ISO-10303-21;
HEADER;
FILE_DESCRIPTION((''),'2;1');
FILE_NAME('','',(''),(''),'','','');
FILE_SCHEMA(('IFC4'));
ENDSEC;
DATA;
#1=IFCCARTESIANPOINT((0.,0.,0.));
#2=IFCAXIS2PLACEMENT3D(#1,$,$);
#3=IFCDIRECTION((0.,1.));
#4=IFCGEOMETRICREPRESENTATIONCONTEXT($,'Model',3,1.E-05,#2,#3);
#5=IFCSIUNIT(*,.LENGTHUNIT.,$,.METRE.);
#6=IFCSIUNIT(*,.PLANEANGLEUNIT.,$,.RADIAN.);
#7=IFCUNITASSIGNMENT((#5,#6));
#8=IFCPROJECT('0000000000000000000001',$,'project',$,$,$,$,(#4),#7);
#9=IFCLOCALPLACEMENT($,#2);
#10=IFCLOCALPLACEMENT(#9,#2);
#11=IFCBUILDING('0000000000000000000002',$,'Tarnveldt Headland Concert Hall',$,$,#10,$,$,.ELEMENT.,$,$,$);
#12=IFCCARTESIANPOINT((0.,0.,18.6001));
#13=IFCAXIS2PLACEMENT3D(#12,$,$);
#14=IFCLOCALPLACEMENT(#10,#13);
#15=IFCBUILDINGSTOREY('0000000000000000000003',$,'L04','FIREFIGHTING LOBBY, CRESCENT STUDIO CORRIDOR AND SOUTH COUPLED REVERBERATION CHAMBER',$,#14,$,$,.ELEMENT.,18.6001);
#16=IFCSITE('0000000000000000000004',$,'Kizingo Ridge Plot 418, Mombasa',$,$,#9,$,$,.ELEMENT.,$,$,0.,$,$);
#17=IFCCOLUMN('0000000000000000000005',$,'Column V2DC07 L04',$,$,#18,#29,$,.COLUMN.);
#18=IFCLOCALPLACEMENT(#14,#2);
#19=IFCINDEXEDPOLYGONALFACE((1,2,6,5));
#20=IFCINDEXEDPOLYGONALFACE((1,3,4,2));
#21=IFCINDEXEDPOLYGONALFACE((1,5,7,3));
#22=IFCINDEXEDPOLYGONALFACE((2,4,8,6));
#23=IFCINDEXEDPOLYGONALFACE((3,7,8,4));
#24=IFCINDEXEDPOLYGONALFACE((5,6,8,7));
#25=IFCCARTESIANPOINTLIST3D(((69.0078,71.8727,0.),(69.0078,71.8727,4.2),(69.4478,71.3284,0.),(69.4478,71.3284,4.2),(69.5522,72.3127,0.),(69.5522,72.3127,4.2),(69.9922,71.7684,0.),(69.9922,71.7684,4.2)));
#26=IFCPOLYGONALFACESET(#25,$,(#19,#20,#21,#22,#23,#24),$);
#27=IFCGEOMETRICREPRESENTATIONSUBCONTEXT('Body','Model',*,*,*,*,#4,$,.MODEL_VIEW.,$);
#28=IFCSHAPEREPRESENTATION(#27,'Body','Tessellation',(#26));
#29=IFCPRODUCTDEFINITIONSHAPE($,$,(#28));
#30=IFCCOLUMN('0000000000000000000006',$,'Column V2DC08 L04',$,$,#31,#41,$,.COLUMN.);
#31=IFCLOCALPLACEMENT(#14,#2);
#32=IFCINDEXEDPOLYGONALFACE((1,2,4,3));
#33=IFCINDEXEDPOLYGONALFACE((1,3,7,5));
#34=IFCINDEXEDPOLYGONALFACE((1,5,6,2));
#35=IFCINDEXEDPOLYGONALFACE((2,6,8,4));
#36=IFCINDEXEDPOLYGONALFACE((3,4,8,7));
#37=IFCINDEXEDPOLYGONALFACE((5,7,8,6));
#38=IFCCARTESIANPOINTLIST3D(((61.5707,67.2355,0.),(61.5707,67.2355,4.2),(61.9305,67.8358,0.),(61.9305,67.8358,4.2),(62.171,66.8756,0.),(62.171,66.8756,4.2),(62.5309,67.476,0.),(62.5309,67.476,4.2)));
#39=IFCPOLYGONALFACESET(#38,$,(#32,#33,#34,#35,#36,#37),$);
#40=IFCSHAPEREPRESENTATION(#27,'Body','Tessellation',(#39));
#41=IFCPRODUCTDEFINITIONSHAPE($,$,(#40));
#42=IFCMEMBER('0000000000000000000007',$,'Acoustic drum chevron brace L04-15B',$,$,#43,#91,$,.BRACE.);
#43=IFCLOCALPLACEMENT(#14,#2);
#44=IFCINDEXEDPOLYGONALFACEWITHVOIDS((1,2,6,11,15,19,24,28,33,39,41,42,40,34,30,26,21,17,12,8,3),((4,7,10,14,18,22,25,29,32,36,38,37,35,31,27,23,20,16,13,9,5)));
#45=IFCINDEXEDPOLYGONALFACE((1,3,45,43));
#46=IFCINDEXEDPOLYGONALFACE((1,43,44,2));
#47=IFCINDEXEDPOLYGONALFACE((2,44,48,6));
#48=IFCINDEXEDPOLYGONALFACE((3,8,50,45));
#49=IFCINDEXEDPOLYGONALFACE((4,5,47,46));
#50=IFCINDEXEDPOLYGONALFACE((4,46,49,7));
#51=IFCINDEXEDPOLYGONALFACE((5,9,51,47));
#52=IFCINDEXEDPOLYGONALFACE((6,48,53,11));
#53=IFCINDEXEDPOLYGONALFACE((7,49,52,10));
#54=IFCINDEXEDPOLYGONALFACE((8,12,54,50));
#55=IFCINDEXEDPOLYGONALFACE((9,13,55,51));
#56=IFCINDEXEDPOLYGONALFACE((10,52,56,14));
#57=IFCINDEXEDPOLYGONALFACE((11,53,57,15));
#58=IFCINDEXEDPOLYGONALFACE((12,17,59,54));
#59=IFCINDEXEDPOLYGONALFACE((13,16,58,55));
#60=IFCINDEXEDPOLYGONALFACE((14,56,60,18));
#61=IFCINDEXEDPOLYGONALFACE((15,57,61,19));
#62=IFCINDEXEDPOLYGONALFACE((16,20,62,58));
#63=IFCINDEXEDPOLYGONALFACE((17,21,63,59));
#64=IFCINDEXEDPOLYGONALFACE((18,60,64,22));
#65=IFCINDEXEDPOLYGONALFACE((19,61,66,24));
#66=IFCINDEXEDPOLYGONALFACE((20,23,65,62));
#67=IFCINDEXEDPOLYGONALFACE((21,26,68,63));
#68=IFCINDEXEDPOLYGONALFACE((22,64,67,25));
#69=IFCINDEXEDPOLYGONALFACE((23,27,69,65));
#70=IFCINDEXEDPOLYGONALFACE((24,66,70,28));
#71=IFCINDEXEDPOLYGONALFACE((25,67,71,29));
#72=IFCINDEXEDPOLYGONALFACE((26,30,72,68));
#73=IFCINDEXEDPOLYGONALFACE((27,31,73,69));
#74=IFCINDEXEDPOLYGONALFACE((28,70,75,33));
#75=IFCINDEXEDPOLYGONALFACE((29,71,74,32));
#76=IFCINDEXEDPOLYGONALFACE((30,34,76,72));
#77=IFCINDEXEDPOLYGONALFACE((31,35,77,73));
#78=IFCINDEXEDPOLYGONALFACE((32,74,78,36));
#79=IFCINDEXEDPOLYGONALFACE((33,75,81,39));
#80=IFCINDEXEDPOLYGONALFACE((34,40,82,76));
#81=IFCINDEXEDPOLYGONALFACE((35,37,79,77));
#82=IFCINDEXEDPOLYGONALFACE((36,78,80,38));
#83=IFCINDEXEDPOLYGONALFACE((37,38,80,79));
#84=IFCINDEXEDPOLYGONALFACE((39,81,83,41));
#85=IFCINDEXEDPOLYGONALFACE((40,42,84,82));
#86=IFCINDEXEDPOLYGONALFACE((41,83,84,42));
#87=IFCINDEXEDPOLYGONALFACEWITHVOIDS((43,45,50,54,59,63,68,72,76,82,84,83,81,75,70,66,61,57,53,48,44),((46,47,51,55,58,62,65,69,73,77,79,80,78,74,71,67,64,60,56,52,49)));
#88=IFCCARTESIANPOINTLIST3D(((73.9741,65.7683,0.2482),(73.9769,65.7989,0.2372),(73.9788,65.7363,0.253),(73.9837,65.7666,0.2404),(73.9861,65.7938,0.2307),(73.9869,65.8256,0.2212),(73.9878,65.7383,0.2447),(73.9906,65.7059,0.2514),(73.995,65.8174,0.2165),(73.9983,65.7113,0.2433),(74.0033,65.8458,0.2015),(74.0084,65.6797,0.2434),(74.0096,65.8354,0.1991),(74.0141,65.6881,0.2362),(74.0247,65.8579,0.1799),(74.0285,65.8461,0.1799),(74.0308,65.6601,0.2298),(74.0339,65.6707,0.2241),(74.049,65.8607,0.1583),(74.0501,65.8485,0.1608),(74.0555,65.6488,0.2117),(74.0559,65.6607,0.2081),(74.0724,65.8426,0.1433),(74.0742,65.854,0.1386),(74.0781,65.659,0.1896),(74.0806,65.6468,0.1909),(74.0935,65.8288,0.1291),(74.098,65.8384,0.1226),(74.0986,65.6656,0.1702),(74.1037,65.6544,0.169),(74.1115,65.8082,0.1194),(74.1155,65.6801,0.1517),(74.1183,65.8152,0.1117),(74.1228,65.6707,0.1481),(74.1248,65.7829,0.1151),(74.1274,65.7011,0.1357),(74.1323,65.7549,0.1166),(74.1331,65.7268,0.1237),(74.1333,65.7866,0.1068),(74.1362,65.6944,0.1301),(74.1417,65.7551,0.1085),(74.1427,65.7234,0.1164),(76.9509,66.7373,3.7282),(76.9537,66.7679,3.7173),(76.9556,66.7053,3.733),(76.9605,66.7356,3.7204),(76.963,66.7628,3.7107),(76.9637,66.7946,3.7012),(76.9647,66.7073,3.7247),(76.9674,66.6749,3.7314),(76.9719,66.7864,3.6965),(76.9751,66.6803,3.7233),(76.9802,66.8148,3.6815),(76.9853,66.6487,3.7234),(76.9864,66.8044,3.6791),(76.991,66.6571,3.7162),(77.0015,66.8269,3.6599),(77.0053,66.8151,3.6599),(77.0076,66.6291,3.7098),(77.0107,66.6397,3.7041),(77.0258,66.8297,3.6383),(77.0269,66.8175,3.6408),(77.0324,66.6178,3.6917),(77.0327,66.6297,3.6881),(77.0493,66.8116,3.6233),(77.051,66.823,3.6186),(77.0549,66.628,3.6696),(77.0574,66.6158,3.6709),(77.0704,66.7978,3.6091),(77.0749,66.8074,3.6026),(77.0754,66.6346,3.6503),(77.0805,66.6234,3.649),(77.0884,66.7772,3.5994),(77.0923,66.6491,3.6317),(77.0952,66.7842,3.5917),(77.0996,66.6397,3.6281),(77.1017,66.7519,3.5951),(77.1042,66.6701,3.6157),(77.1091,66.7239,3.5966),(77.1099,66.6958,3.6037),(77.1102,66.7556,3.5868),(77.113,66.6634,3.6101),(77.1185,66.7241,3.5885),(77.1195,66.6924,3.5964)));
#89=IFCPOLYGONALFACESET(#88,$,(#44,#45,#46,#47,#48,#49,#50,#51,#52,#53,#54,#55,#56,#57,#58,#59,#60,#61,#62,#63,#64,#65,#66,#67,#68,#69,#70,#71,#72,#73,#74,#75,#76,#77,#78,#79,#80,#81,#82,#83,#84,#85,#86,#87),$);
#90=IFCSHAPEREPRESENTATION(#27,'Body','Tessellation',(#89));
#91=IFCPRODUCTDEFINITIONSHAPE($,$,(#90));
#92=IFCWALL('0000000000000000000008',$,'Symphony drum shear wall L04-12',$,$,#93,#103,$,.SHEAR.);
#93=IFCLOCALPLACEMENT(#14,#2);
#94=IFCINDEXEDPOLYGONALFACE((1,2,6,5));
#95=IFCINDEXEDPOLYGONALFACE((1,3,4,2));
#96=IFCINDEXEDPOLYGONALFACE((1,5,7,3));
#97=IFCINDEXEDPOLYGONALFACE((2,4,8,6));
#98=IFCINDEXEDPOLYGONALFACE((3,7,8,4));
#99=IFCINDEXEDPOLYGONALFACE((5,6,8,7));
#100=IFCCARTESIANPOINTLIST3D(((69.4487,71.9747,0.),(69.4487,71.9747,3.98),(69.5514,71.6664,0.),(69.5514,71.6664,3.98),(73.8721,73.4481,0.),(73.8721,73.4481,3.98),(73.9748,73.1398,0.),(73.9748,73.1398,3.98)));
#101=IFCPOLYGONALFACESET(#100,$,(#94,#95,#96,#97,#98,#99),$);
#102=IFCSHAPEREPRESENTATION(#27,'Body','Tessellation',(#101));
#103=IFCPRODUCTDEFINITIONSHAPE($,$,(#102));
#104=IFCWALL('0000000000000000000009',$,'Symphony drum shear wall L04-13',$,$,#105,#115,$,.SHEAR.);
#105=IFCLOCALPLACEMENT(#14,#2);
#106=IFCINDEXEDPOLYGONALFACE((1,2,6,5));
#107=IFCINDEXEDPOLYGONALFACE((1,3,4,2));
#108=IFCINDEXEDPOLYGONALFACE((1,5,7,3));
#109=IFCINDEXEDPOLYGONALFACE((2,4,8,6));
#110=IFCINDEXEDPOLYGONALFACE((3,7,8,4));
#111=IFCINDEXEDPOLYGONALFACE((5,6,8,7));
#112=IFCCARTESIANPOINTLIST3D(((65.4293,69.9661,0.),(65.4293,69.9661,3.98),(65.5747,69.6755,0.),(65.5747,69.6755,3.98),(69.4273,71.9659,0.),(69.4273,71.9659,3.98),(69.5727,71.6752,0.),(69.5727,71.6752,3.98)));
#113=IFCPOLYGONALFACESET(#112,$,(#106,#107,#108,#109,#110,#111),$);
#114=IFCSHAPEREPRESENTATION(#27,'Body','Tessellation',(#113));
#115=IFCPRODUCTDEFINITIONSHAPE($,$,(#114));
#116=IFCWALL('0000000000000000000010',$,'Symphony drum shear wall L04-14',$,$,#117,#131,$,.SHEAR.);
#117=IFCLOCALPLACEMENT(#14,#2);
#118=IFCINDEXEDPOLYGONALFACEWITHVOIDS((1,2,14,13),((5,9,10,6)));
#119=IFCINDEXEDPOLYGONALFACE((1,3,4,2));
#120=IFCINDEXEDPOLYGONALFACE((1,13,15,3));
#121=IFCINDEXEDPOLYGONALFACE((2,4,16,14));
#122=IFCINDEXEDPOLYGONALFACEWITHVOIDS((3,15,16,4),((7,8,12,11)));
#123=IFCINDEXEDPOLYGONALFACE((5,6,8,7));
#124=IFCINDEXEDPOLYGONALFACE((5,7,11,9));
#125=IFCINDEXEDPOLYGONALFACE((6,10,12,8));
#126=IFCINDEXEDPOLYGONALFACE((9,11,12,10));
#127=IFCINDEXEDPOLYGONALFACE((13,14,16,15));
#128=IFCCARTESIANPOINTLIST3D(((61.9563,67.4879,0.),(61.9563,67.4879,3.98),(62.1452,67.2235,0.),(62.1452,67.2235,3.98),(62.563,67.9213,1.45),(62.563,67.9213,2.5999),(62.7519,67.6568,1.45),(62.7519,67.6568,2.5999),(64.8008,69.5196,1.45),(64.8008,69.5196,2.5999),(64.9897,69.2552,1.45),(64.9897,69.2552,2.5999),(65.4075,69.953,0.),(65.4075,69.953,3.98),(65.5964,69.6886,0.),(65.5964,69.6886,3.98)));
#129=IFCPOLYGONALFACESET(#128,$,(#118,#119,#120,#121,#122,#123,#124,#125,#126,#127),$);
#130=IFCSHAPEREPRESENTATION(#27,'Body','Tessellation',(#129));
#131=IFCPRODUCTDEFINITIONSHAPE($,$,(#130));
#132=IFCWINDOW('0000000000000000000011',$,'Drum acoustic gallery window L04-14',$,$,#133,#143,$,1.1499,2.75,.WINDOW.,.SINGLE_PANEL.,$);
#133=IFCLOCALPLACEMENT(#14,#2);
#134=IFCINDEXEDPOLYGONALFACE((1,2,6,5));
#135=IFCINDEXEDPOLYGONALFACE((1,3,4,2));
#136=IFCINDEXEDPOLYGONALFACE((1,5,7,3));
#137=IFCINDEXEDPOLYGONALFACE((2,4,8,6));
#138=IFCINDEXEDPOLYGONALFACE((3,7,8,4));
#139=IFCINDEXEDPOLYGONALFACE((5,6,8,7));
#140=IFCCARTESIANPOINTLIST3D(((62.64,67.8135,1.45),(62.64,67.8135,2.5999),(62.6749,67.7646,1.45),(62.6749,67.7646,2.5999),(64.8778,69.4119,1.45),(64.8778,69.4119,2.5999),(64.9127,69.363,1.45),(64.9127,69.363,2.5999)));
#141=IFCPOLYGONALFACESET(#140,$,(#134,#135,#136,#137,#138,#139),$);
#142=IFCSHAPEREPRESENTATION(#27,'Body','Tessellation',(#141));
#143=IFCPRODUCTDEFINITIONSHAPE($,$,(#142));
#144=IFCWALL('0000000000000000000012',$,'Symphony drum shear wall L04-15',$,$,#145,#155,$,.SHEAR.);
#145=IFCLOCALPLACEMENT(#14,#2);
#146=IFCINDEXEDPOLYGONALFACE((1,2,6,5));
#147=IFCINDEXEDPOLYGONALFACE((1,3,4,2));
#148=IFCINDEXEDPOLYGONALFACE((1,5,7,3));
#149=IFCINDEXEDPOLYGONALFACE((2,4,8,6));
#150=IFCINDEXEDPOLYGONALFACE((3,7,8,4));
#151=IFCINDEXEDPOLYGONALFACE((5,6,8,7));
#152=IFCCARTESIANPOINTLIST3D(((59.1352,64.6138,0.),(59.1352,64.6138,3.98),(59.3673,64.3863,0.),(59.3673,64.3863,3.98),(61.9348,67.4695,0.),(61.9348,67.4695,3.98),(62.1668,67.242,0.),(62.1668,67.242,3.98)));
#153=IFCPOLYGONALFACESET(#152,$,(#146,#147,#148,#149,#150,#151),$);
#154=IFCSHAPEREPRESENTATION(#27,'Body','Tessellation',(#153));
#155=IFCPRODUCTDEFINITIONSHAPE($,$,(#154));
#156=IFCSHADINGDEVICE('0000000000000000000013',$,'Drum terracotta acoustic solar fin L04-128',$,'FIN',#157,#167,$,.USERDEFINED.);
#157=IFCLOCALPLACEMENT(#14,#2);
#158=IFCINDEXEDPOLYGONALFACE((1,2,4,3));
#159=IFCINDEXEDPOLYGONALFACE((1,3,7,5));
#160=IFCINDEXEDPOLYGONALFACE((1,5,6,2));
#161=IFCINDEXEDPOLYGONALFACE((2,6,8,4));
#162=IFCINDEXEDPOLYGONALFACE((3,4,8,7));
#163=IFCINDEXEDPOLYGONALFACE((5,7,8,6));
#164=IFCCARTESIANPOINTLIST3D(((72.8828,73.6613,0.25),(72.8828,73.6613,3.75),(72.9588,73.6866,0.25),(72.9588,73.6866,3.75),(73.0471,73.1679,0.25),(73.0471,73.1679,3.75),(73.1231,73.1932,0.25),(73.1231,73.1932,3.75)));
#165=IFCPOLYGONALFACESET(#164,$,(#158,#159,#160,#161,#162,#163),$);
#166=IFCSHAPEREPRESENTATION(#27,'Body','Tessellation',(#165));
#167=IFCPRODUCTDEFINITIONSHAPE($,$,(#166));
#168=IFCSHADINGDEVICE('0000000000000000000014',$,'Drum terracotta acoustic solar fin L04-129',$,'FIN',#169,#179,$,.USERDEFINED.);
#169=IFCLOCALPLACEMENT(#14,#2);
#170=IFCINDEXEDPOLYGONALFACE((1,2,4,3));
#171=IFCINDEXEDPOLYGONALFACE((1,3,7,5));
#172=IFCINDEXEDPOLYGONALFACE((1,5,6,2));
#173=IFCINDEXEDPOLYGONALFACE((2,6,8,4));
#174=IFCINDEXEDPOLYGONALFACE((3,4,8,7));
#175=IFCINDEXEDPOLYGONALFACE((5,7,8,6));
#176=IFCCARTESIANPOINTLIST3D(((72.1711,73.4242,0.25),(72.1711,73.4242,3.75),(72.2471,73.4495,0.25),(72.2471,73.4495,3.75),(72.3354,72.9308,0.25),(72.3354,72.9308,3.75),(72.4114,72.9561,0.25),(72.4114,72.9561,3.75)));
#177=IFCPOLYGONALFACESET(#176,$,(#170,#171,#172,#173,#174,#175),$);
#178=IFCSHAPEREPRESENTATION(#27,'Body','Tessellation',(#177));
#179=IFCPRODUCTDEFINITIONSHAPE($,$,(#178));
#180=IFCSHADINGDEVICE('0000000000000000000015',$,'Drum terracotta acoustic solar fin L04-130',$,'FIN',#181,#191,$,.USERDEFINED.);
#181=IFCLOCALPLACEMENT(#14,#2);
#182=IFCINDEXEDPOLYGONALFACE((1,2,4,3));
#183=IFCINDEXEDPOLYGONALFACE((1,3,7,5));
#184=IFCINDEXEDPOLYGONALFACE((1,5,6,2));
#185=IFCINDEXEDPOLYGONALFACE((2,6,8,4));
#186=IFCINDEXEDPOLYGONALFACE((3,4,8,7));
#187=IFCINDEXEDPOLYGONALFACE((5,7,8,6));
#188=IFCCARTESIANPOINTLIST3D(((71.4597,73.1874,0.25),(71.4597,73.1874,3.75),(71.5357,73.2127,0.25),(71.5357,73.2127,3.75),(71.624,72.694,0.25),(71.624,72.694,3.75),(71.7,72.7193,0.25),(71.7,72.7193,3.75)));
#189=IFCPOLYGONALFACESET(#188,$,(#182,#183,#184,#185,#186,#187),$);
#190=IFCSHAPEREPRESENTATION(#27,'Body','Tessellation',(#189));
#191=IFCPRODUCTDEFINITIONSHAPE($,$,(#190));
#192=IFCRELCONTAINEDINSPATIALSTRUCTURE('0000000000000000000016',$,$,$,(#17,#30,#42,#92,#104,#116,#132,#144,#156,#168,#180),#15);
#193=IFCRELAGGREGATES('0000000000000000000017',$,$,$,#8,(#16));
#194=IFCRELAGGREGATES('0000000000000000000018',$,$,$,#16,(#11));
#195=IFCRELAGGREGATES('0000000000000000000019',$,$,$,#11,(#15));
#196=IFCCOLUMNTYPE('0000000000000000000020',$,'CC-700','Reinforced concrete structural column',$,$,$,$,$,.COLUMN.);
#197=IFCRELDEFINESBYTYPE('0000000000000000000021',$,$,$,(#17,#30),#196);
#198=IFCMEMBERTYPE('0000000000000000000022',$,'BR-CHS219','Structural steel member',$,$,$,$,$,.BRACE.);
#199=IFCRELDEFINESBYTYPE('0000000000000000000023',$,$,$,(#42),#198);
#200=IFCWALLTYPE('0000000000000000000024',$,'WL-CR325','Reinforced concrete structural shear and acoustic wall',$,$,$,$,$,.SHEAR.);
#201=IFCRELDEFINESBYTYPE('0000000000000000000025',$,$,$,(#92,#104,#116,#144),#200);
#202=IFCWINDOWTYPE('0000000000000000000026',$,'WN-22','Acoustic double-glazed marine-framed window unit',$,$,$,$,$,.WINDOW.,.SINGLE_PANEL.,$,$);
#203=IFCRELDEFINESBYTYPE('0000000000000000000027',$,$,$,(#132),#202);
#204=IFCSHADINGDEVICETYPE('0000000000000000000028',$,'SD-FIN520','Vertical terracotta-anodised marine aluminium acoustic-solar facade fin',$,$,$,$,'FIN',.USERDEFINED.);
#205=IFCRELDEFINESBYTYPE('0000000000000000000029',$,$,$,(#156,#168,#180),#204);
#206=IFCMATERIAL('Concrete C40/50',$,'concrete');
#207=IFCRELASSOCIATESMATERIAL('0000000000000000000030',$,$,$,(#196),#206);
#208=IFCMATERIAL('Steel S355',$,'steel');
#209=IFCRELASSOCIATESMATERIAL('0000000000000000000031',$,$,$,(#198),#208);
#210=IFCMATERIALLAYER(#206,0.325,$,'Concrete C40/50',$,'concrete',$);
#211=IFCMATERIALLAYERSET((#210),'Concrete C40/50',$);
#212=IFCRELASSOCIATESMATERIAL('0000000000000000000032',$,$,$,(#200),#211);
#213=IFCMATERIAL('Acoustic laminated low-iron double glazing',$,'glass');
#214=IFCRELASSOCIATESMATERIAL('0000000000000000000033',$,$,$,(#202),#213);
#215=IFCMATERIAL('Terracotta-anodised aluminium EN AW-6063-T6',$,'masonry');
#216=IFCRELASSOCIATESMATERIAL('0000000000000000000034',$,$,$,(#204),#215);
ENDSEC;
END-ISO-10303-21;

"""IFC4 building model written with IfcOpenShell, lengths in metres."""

from ifc_helpers import new_model, si_unit, direction, frame, frame_2d, origin, origin_2d, place, context, subcontext, project, spatial, rectangle, hollow_circle, extrude, material, layer, layer_set, material_profile, profile_set, type_object, element, fill, save


model = new_model("IFC4")

# Units and contexts
model_context = context("Model", 3, precision=1e-05, world=origin(), true_north=direction((0.0, 1.0)))
body_context = subcontext(model_context, "Body", "Model", "MODEL_VIEW")
ifc_project = project(units=[si_unit("LENGTHUNIT", "METRE"), si_unit("PLANEANGLEUNIT", "RADIAN")], contexts=[model_context])

# Site, building, storey
site_placement = place(None, origin())
site = spatial("IfcSite", under=ifc_project, at=site_placement, Name="Kizingo Ridge Plot 418, Mombasa", CompositionType="ELEMENT", RefElevation=0.0)
building_placement = place(site_placement, origin())
building = spatial("IfcBuilding", under=site, at=building_placement, Name="Tarnveldt Headland Concert Hall", CompositionType="ELEMENT")
storey_placement = place(building_placement, frame((0.0, 0.0, 18.6001)))
storey = spatial("IfcBuildingStorey", under=building, at=storey_placement, Name="L04", Description="FIREFIGHTING LOBBY, CRESCENT STUDIO CORRIDOR AND SOUTH COUPLED REVERBERATION CHAMBER", CompositionType="ELEMENT", Elevation=18.6001)

# Columns
ifc_material_1 = material(Name="Concrete C40/50", Category="concrete")
ifc_material_profile_1 = material_profile(ifc_material_1, rectangle(XDim=0.7, YDim=0.7, at=origin_2d()), Name="RC 700x700", Category="concrete")
ifc_profile_set_1 = profile_set([ifc_material_profile_1], Name="Concrete C40/50")
column_type = type_object("IfcColumnType", Name="CC-700", Description="Reinforced concrete structural column", PredefinedType="COLUMN", material=ifc_profile_set_1)
for number, where, z_axis, x_axis, name in (
    (1, (69.5, 71.8206, 0.0), (0.0, 0.0, 1.0), (-0.628642, 0.777695, 0.0), "Column V2DC07 L04"),
    (2, (62.0508, 67.3557, 0.0), (0.0, 0.0, 1.0), (-0.857706, 0.51414, 0.0), "Column V2DC08 L04"),
):
    element("IfcColumn", number, at=place(storey_placement, frame(where, z_axis=z_axis, x_axis=x_axis)), inside=storey, type_object=column_type, Name=name, PredefinedType="COLUMN", context=body_context, shape_type="SweptSolid", body=[
        extrude(rectangle(XDim=0.7, YDim=0.7, at=origin_2d()), origin(), (0.0, 0.0, 1.0), 4.2),
    ])

# Member
ifc_material_2 = material(Name="Steel S355", Category="steel")
ifc_material_profile_2 = material_profile(ifc_material_2, hollow_circle(Radius=0.1096, WallThickness=0.0125, at=origin_2d()), Name="CHS 219.1x12.5", Category="steel")
ifc_profile_set_2 = profile_set([ifc_material_profile_2], Name="Steel S355")
member_type = type_object("IfcMemberType", Name="BR-CHS219", Description="Structural steel member", PredefinedType="BRACE", material=ifc_profile_set_2)
member_placement = place(storey_placement, frame((74.0586, 65.7537, 0.1799), z_axis=(0.635951, 0.207011, 0.743447), x_axis=(-0.309529, 0.95089, 0.0)))
element("IfcMember", 3, at=member_placement, inside=storey, type_object=member_type, Name="Acoustic drum chevron brace L04-15B", PredefinedType="BRACE", context=body_context, shape_type="SweptSolid", body=[
    extrude(hollow_circle(Radius=0.1096, WallThickness=0.0125, at=origin_2d()), origin(), (0.0, 0.0, 1.0), 4.6809),
])

# Walls
ifc_layer = layer(ifc_material_1, 0.325, Name="Concrete C40/50", Category="concrete")
ifc_layer_set = layer_set([ifc_layer], Name="Concrete C40/50")
wall_type = type_object("IfcWallType", Name="WL-CR325", Description="Reinforced concrete structural shear and acoustic wall", PredefinedType="SHEAR", material=ifc_layer_set)
wall_1_placement = place(storey_placement, frame((73.9233, 73.2939, 0.0), z_axis=(0.0, 0.0, 1.0), x_axis=(-0.948751, -0.316024, 0.0)))
element("IfcWall", 4, at=wall_1_placement, inside=storey, type_object=wall_type, Name="Symphony drum shear wall L04-12", PredefinedType="SHEAR", context=body_context, shape_type="SweptSolid", body=[
    extrude(rectangle(XDim=4.6624, YDim=0.325, at=frame_2d((2.3311, 0.0))), origin(), (0.0, 0.0, 1.0), 3.98),
])
wall_2_placement = place(storey_placement, frame((69.5, 71.8206, 0.0), z_axis=(0.0, 0.0, 1.0), x_axis=(-0.894362, -0.447345, 0.0)))
element("IfcWall", 5, at=wall_2_placement, inside=storey, type_object=wall_type, Name="Symphony drum shear wall L04-13", PredefinedType="SHEAR", context=body_context, shape_type="SweptSolid", body=[
    extrude(rectangle(XDim=4.4702, YDim=0.325, at=frame_2d((2.2351, 0.0))), origin(), (0.0, 0.0, 1.0), 3.98),
])

# Wall, opening, window
wall_3_placement = place(storey_placement, frame((65.502, 69.8208, 0.0), z_axis=(0.0, 0.0, 1.0), x_axis=(-0.813737, -0.581233, 0.0)))
wall_3 = element("IfcWall", 6, at=wall_3_placement, inside=storey, type_object=wall_type, Name="Symphony drum shear wall L04-14", PredefinedType="SHEAR", context=body_context, shape_type="SweptSolid", body=[
    extrude(rectangle(XDim=4.2412, YDim=0.325, at=frame_2d((2.1206, 0.0))), origin(), (0.0, 0.0, 1.0), 3.98),
])
opening_placement = place(wall_3_placement, frame((0.7456, 0.0, 1.45)))
opening = element("IfcOpeningElement", 7, at=opening_placement, cuts=wall_3, PredefinedType="OPENING", context=body_context, shape_type="SweptSolid", body=[
    extrude(rectangle(XDim=2.75, YDim=1.1499, at=frame_2d((1.375, 0.575))), frame((0.0, 0.1724, 0.0), z_axis=(0.0, -1.0, 0.0), x_axis=(1.0, 0.0, 0.0)), (0.0, 0.0, 1.0), 0.345),
])
ifc_material_3 = material(Name="Acoustic laminated low-iron double glazing", Category="glass")
window_type = type_object("IfcWindowType", Name="WN-22", Description="Acoustic double-glazed marine-framed window unit", PartitioningType="SINGLE_PANEL", PredefinedType="WINDOW", material=ifc_material_3)
window_placement = place(opening_placement, origin())
window = element("IfcWindow", 8, at=window_placement, inside=storey, type_object=window_type, Name="Drum acoustic gallery window L04-14", OverallHeight=1.1499, OverallWidth=2.75, PartitioningType="SINGLE_PANEL", PredefinedType="WINDOW", context=body_context, shape_type="SweptSolid", body=[
    extrude(rectangle(XDim=2.75, YDim=1.1499, at=frame_2d((1.375, 0.575))), frame((0.0, 0.03, 0.0), z_axis=(0.0, -1.0, 0.0), x_axis=(1.0, 0.0, 0.0)), (0.0, 0.0, 1.0), 0.0601),
])
fill(opening, window)

# Wall
wall_4_placement = place(storey_placement, frame((62.0508, 67.3557, 0.0), z_axis=(0.0, 0.0, 1.0), x_axis=(-0.700051, -0.714093, 0.0)))
element("IfcWall", 9, at=wall_4_placement, inside=storey, type_object=wall_type, Name="Symphony drum shear wall L04-15", PredefinedType="SHEAR", context=body_context, shape_type="SweptSolid", body=[
    extrude(rectangle(XDim=3.999, YDim=0.325, at=frame_2d((1.9995, 0.0))), origin(), (0.0, 0.0, 1.0), 3.98),
])

# Shading devices
ifc_material_4 = material(Name="Terracotta-anodised aluminium EN AW-6063-T6", Category="masonry")
shading_device_type = type_object("IfcShadingDeviceType", Name="SD-FIN520", Description="Vertical terracotta-anodised marine aluminium acoustic-solar facade fin", ElementType="FIN", PredefinedType="USERDEFINED", material=ifc_material_4)
for number, where, z_axis, x_axis, name in (
    (10, (73.0029, 73.4272, 0.25), (0.0, 0.0, 1.0), (-0.31598, 0.948766, 0.0), "Drum terracotta acoustic solar fin L04-128"),
    (11, (72.2913, 73.1902, 0.25), (0.0, 0.0, 1.0), (-0.31598, 0.948766, 0.0), "Drum terracotta acoustic solar fin L04-129"),
    (12, (71.5798, 72.9534, 0.25), (0.0, 0.0, 1.0), (-0.31598, 0.948766, 0.0), "Drum terracotta acoustic solar fin L04-130"),
):
    element("IfcShadingDevice", number, at=place(storey_placement, frame(where, z_axis=z_axis, x_axis=x_axis)), inside=storey, type_object=shading_device_type, Name=name, ObjectType="FIN", PredefinedType="USERDEFINED", context=body_context, shape_type="SweptSolid", body=[
        extrude(rectangle(XDim=0.52, YDim=0.0801, at=origin_2d()), origin(), (0.0, 0.0, 1.0), 3.5),
    ])

save(model, "model.ifc")
